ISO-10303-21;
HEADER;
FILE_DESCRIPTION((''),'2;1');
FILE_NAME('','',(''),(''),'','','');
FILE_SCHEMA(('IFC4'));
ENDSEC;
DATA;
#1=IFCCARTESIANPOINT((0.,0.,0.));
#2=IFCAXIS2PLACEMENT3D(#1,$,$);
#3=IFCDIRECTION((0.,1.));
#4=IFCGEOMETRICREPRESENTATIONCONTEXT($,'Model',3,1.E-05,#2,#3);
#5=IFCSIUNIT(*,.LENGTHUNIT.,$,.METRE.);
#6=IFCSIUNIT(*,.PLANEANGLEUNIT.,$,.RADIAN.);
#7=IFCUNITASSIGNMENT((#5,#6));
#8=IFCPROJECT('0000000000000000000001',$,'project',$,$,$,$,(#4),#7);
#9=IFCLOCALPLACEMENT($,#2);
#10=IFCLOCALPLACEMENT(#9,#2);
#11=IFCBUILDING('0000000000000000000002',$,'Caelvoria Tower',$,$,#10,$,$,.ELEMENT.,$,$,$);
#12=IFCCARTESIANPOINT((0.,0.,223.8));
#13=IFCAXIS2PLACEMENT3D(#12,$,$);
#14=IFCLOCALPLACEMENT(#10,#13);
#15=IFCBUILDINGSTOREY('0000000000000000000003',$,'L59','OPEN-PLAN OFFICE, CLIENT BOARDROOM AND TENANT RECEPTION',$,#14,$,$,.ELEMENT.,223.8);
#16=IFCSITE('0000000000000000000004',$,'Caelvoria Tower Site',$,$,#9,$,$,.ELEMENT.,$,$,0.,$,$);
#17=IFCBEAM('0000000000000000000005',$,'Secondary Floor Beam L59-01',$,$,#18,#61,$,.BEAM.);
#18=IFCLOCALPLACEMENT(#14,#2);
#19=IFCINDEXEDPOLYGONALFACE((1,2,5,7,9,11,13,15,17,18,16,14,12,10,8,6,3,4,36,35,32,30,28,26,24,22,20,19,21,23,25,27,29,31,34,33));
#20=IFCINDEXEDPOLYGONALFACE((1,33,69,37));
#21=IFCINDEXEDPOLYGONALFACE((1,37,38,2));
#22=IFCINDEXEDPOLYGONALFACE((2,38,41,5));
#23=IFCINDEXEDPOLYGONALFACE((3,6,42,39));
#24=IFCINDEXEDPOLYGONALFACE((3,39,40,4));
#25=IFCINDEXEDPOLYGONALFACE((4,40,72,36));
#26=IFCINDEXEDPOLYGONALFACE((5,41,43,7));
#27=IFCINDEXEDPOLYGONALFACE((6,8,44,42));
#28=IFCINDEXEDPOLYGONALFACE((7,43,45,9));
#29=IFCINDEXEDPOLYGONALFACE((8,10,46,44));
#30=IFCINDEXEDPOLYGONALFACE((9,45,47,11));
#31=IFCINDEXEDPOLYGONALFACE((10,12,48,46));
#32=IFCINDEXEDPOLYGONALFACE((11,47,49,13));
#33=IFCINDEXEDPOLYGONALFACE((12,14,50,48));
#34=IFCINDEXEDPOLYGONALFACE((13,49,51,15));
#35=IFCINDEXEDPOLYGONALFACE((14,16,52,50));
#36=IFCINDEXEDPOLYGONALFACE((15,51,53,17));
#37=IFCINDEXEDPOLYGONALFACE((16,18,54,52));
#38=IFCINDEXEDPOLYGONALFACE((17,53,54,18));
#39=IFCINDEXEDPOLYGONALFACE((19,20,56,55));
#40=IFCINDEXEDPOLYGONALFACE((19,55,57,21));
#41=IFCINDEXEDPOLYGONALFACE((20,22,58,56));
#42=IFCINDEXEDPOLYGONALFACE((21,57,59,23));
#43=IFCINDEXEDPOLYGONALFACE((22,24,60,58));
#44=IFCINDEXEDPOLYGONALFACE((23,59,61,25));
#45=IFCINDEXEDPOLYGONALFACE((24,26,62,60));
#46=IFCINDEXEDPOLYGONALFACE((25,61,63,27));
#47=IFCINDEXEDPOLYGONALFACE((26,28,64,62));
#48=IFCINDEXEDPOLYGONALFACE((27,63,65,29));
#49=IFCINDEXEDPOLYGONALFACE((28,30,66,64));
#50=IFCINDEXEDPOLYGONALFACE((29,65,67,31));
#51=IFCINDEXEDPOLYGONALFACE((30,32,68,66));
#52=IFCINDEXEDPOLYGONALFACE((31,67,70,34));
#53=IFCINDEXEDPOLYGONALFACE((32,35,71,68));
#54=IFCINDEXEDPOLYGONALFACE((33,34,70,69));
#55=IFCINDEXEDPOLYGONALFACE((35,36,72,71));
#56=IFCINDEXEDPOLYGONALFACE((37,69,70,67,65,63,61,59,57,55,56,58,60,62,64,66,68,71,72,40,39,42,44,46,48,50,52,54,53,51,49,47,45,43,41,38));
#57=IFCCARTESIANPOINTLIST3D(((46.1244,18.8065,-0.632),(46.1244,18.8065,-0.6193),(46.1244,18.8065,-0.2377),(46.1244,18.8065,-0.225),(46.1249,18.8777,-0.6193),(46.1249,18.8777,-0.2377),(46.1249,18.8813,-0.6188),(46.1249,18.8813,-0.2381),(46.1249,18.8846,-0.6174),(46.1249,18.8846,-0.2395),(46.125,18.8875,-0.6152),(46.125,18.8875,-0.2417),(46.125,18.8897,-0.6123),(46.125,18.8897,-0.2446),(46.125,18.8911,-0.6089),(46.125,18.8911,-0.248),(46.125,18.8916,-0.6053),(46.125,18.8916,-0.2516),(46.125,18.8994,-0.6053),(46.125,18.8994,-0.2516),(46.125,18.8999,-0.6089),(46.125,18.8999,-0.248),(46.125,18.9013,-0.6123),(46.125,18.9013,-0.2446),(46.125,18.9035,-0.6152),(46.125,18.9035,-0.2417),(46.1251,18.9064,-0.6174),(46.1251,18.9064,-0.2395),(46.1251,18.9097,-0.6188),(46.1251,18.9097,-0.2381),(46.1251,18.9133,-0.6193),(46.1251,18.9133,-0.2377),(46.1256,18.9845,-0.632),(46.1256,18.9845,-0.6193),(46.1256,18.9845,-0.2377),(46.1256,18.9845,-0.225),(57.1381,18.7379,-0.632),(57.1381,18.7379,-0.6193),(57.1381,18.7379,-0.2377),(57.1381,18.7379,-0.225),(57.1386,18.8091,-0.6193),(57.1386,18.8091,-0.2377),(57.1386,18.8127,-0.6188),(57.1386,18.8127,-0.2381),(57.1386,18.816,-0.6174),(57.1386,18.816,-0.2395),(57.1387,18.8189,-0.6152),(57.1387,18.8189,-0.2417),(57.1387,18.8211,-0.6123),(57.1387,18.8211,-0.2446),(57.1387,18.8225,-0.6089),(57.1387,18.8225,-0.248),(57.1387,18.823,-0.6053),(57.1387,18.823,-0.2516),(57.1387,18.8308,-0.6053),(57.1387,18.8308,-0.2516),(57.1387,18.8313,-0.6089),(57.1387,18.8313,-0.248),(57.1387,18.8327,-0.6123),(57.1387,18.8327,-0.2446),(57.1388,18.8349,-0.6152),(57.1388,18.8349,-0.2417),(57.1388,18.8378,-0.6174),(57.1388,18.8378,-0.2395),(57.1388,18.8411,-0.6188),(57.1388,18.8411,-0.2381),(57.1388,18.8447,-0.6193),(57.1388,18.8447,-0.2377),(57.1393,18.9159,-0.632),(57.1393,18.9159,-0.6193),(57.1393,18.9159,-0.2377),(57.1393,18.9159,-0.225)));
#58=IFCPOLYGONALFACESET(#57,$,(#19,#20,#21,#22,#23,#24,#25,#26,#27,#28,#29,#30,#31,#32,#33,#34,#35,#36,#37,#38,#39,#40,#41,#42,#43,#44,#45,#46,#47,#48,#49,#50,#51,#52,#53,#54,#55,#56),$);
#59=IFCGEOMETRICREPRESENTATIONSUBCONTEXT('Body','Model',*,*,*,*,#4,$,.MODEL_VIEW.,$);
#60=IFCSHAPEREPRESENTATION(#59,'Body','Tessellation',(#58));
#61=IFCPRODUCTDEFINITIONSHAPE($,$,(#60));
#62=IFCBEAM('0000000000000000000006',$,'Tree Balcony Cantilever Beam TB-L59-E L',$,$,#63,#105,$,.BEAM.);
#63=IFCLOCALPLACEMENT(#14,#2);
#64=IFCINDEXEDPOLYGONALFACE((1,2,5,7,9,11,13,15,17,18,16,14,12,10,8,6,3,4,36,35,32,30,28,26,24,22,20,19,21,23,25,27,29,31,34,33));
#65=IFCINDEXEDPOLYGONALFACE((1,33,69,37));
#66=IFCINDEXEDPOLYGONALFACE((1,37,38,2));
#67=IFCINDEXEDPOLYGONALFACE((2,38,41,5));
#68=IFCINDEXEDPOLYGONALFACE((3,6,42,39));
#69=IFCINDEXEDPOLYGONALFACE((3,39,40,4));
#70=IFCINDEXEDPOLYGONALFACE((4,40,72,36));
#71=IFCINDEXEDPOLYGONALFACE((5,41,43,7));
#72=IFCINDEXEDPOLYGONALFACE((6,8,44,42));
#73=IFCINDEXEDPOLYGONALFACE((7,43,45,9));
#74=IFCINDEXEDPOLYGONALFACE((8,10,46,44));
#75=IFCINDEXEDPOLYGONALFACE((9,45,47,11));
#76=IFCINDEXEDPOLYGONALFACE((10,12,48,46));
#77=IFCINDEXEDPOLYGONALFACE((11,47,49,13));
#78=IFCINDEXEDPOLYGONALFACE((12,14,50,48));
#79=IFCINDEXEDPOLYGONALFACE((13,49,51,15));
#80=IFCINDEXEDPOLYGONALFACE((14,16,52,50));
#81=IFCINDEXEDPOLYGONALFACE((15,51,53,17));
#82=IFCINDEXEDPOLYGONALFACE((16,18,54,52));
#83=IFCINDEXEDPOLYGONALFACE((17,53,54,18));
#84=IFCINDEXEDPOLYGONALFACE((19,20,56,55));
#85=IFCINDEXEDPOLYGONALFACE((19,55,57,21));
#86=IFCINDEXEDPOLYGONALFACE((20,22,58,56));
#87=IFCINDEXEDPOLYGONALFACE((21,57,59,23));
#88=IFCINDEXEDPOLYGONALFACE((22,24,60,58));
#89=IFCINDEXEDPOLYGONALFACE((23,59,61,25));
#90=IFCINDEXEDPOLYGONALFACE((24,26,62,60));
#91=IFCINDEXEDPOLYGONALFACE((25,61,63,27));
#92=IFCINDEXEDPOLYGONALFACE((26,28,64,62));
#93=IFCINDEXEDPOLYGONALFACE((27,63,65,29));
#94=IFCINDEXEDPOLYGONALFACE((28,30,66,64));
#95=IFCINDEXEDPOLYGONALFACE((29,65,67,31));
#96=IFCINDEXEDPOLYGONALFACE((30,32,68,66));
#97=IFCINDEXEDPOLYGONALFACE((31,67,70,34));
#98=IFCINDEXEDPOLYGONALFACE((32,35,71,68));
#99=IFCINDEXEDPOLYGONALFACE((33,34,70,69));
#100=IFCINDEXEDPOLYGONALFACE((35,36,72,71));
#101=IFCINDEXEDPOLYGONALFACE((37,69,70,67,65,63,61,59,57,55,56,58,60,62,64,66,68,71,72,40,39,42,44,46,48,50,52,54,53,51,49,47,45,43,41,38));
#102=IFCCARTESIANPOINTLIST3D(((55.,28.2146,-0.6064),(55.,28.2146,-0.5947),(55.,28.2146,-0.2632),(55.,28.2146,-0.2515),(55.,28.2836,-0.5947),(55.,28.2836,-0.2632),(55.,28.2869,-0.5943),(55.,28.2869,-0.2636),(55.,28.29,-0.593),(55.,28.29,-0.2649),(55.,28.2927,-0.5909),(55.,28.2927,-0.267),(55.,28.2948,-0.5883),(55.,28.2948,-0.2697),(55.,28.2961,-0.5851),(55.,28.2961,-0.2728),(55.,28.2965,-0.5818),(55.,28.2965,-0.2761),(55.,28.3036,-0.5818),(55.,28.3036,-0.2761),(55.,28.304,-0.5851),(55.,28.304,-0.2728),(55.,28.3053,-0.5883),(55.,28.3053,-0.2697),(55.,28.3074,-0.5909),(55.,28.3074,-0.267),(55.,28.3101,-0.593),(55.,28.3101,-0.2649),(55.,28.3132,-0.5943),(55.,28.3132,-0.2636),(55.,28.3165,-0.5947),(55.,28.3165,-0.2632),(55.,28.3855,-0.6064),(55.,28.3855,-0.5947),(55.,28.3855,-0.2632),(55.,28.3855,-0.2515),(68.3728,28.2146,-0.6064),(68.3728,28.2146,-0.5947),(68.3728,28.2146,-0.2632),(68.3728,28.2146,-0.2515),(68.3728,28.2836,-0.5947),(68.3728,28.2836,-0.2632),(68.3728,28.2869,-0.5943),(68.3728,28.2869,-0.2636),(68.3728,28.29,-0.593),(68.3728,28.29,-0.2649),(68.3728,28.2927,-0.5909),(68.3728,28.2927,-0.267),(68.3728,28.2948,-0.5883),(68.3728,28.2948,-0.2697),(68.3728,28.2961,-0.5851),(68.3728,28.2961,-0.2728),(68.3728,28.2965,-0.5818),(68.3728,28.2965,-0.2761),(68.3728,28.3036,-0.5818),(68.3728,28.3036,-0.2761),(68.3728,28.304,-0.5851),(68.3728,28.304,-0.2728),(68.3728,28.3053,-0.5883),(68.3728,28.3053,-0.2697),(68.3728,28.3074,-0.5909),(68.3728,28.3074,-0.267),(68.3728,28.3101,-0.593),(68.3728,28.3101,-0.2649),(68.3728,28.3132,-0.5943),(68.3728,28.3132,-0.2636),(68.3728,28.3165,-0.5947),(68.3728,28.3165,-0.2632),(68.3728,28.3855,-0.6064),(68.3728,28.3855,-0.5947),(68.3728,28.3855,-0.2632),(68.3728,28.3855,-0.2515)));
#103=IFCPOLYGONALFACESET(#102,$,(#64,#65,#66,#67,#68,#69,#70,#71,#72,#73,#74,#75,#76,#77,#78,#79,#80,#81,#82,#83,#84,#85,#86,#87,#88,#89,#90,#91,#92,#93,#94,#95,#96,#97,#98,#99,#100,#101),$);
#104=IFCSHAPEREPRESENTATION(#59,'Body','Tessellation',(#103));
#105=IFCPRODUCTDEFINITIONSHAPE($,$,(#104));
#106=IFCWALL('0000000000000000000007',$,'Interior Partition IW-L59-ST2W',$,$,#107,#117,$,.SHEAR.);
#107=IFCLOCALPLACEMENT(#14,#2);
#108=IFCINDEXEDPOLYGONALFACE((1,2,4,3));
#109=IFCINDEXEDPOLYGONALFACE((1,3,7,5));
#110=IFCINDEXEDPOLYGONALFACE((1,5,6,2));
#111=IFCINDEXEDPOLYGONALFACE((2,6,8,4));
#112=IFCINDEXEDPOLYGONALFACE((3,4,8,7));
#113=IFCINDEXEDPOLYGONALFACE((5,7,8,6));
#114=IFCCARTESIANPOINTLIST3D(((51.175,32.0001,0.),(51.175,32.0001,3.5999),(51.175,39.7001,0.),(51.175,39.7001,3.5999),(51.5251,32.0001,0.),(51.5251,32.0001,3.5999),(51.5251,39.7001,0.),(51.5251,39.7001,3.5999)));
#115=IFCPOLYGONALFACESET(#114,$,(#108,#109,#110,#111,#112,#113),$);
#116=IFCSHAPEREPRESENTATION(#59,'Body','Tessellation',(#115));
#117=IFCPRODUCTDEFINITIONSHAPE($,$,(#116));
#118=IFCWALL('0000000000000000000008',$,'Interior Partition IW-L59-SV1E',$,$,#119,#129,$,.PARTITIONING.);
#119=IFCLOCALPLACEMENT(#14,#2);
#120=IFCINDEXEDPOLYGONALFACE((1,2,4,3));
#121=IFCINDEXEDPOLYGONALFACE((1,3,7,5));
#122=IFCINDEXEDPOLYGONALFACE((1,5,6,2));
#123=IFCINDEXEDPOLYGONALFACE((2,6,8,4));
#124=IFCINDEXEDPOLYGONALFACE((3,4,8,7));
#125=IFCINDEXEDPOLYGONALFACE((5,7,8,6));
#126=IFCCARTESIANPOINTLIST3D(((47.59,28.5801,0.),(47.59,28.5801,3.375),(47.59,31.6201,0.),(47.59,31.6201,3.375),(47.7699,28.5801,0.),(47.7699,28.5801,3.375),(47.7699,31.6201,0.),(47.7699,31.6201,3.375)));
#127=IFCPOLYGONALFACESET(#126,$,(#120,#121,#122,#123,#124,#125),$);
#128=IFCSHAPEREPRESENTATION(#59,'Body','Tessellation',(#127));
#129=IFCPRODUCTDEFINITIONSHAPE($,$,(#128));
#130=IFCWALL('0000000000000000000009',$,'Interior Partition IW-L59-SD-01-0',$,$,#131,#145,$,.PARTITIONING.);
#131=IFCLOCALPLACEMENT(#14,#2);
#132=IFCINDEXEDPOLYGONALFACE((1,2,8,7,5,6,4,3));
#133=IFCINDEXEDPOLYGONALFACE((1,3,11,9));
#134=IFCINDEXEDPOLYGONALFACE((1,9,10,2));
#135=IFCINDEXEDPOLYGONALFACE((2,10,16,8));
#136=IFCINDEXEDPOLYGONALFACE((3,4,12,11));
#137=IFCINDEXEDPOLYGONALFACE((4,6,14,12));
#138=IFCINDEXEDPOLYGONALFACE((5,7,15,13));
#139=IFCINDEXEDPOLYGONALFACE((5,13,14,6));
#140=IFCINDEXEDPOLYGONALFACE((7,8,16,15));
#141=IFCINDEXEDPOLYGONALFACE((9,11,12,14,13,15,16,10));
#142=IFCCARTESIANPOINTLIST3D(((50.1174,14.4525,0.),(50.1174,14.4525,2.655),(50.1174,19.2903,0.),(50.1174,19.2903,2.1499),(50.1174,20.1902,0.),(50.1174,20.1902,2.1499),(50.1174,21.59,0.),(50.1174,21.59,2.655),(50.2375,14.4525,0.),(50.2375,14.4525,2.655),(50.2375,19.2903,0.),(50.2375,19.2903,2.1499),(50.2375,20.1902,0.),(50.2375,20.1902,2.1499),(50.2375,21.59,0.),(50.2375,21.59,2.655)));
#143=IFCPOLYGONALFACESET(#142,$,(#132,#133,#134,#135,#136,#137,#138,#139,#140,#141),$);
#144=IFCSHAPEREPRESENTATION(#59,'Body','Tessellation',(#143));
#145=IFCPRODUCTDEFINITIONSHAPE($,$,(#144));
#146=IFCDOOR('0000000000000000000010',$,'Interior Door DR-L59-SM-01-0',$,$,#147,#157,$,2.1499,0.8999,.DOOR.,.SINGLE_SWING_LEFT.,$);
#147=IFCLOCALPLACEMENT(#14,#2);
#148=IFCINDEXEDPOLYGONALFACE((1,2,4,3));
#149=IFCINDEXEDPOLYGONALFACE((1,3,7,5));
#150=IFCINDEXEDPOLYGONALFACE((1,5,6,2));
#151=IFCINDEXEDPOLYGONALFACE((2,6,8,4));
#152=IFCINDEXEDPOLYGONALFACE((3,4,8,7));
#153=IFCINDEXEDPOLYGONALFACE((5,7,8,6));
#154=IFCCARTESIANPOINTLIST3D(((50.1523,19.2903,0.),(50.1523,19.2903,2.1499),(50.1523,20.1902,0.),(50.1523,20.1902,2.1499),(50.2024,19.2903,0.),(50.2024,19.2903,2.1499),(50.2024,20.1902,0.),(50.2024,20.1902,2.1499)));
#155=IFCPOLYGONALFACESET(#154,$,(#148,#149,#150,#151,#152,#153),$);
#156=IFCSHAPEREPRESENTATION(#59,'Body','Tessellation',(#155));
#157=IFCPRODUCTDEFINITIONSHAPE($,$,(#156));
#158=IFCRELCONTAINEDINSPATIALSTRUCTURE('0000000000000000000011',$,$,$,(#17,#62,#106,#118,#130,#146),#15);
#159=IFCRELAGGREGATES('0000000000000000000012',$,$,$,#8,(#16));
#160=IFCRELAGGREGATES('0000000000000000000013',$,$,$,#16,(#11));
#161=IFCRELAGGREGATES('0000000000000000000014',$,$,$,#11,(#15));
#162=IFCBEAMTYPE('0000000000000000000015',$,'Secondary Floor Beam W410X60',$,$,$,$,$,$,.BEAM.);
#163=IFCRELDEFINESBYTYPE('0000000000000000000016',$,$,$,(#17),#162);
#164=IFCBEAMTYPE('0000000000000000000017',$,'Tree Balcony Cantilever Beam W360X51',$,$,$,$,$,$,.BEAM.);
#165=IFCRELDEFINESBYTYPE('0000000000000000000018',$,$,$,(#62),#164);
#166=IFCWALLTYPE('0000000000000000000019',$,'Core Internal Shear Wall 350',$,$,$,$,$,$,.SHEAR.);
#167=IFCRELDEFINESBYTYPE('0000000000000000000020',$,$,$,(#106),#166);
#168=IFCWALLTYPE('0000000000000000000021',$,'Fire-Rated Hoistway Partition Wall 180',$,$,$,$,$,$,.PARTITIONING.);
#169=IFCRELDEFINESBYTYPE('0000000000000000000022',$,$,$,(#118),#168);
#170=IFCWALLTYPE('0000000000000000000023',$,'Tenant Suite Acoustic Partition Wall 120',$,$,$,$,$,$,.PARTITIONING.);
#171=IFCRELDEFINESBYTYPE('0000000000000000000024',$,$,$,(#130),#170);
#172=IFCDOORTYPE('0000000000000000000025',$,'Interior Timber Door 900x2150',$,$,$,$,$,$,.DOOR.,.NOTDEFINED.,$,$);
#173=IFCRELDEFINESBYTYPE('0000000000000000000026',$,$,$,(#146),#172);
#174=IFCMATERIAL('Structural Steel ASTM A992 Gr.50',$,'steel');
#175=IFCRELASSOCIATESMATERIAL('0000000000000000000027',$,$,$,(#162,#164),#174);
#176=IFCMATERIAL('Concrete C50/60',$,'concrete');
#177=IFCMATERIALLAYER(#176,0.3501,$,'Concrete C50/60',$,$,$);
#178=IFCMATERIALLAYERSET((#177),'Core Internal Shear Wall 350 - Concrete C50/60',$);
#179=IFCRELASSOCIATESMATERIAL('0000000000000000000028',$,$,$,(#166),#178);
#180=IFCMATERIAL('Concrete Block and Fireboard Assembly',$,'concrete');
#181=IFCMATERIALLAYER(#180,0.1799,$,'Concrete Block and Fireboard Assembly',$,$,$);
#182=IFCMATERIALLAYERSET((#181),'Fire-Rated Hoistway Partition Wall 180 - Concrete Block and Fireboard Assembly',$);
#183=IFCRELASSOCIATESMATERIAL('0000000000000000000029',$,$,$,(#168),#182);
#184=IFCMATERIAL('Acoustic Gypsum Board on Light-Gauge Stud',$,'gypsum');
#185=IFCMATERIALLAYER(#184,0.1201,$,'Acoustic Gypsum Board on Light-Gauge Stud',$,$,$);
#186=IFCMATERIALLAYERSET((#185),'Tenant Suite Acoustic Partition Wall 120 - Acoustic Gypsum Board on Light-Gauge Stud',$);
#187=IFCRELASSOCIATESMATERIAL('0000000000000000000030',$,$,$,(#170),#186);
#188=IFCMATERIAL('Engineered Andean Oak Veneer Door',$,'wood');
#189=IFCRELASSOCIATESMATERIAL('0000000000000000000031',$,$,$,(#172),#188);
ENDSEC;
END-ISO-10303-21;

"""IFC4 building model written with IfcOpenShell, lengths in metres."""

from ifc_helpers import new_model, si_unit, direction, frame, frame_2d, origin, origin_2d, place, context, subcontext, project, spatial, rectangle, i_section, extrude, material, layer, layer_set, material_profile, profile_set, type_object, element, fill, save


model = new_model("IFC4")

# Units and contexts
model_context = context("Model", 3, precision=1e-05, world=origin(), true_north=direction((0.0, 1.0)))
body_context = subcontext(model_context, "Body", "Model", "MODEL_VIEW")
ifc_project = project(units=[si_unit("LENGTHUNIT", "METRE"), si_unit("PLANEANGLEUNIT", "RADIAN")], contexts=[model_context])

# Site, building, storey
site_placement = place(None, origin())
site = spatial("IfcSite", under=ifc_project, at=site_placement, Name="Caelvoria Tower Site", CompositionType="ELEMENT", RefElevation=0.0)
building_placement = place(site_placement, origin())
building = spatial("IfcBuilding", under=site, at=building_placement, Name="Caelvoria Tower", CompositionType="ELEMENT")
storey_placement = place(building_placement, frame((0.0, 0.0, 223.8)))
storey = spatial("IfcBuildingStorey", under=building, at=storey_placement, Name="L59", Description="OPEN-PLAN OFFICE, CLIENT BOARDROOM AND TENANT RECEPTION", CompositionType="ELEMENT", Elevation=223.8)

# Beams
ifc_material_1 = material(Name="Structural Steel ASTM A992 Gr.50", Category="steel")
ifc_material_profile_1 = material_profile(ifc_material_1, i_section(OverallWidth=0.178, OverallDepth=0.407, WebThickness=0.0078, FlangeThickness=0.0127, FilletRadius=0.0139, at=origin_2d()), Name="Structural Steel ASTM A992 Gr.50")
ifc_profile_set_1 = profile_set([ifc_material_profile_1], Name="W410X60 - Structural Steel ASTM A992 Gr.50")
beam_type_1 = type_object("IfcBeamType", Name="Secondary Floor Beam W410X60", PredefinedType="BEAM", material=ifc_profile_set_1)
beam_1_placement = place(storey_placement, frame((46.125, 18.8955, -0.4285), z_axis=(0.999981, -0.006229, 0.0), x_axis=(0.006229, 0.999981, 0.0)))
element("IfcBeam", 1, at=beam_1_placement, inside=storey, type_object=beam_type_1, Name="Secondary Floor Beam L59-01", PredefinedType="BEAM", context=body_context, shape_type="SweptSolid", body=[
    extrude(i_section(OverallWidth=0.178, OverallDepth=0.407, WebThickness=0.0078, FlangeThickness=0.0127, FilletRadius=0.0139, at=origin_2d()), origin(), (0.0, 0.0, 1.0), 11.0139),
])
ifc_material_profile_2 = material_profile(ifc_material_1, i_section(OverallWidth=0.1709, OverallDepth=0.355, WebThickness=0.0071, FlangeThickness=0.0117, FilletRadius=0.0129, at=origin_2d()), Name="Structural Steel ASTM A992 Gr.50")
ifc_profile_set_2 = profile_set([ifc_material_profile_2], Name="W360X51 - Structural Steel ASTM A992 Gr.50")
beam_type_2 = type_object("IfcBeamType", Name="Tree Balcony Cantilever Beam W360X51", PredefinedType="BEAM", material=ifc_profile_set_2)
beam_2_placement = place(storey_placement, frame((55.0, 28.3, -0.429), z_axis=(1.0, 0.0, 0.0), x_axis=(0.0, 1.0, 0.0)))
element("IfcBeam", 2, at=beam_2_placement, inside=storey, type_object=beam_type_2, Name="Tree Balcony Cantilever Beam TB-L59-E L", PredefinedType="BEAM", context=body_context, shape_type="SweptSolid", body=[
    extrude(i_section(OverallWidth=0.1709, OverallDepth=0.355, WebThickness=0.0071, FlangeThickness=0.0117, FilletRadius=0.0129, at=origin_2d()), origin(), (0.0, 0.0, 1.0), 13.3728),
])

# Wall
ifc_material_2 = material(Name="Concrete C50/60", Category="concrete")
ifc_layer_1 = layer(ifc_material_2, 0.3501, Name="Concrete C50/60")
ifc_layer_set_1 = layer_set([ifc_layer_1], Name="Core Internal Shear Wall 350 - Concrete C50/60")
wall_type_1 = type_object("IfcWallType", Name="Core Internal Shear Wall 350", PredefinedType="SHEAR", material=ifc_layer_set_1)
wall_1_placement = place(storey_placement, frame((51.3501, 32.0, 0.0), z_axis=(0.0, 0.0, 1.0), x_axis=(0.0, 1.0, 0.0)))
element("IfcWall", 3, at=wall_1_placement, inside=storey, type_object=wall_type_1, Name="Interior Partition IW-L59-ST2W", PredefinedType="SHEAR", context=body_context, shape_type="SweptSolid", body=[
    extrude(rectangle(XDim=7.7, YDim=0.3501, at=frame_2d((3.8501, 0.0))), origin(), (0.0, 0.0, 1.0), 3.5999),
])

# Wall
ifc_material_3 = material(Name="Concrete Block and Fireboard Assembly", Category="concrete")
ifc_layer_2 = layer(ifc_material_3, 0.1799, Name="Concrete Block and Fireboard Assembly")
ifc_layer_set_2 = layer_set([ifc_layer_2], Name="Fire-Rated Hoistway Partition Wall 180 - Concrete Block and Fireboard Assembly")
wall_type_2 = type_object("IfcWallType", Name="Fire-Rated Hoistway Partition Wall 180", PredefinedType="PARTITIONING", material=ifc_layer_set_2)
wall_2_placement = place(storey_placement, frame((47.6799, 28.5801, 0.0), z_axis=(0.0, 0.0, 1.0), x_axis=(0.0, 1.0, 0.0)))
element("IfcWall", 4, at=wall_2_placement, inside=storey, type_object=wall_type_2, Name="Interior Partition IW-L59-SV1E", PredefinedType="PARTITIONING", context=body_context, shape_type="SweptSolid", body=[
    extrude(rectangle(XDim=3.04, YDim=0.1799, at=frame_2d((1.52, 0.0))), origin(), (0.0, 0.0, 1.0), 3.375),
])

# Wall, opening, door
ifc_material_4 = material(Name="Acoustic Gypsum Board on Light-Gauge Stud", Category="gypsum")
ifc_layer_3 = layer(ifc_material_4, 0.1201, Name="Acoustic Gypsum Board on Light-Gauge Stud")
ifc_layer_set_3 = layer_set([ifc_layer_3], Name="Tenant Suite Acoustic Partition Wall 120 - Acoustic Gypsum Board on Light-Gauge Stud")
wall_type_3 = type_object("IfcWallType", Name="Tenant Suite Acoustic Partition Wall 120", PredefinedType="PARTITIONING", material=ifc_layer_set_3)
wall_3_placement = place(storey_placement, frame((50.1775, 21.5901, 0.0), z_axis=(0.0, 0.0, 1.0), x_axis=(0.0, -1.0, 0.0)))
wall_3 = element("IfcWall", 5, at=wall_3_placement, inside=storey, type_object=wall_type_3, Name="Interior Partition IW-L59-SD-01-0", PredefinedType="PARTITIONING", context=body_context, shape_type="SweptSolid", body=[
    extrude(rectangle(XDim=7.1375, YDim=0.1201, at=frame_2d((3.5688, 0.0))), origin(), (0.0, 0.0, 1.0), 2.655),
])
opening_1_placement = place(wall_3_placement, frame((1.3999, 0.0, 0.0)))
opening_1 = element("IfcOpeningElement", 6, at=opening_1_placement, cuts=wall_3, PredefinedType="OPENING", context=body_context, shape_type="SweptSolid", body=[
    extrude(rectangle(XDim=0.8999, YDim=2.1499, at=frame_2d((0.45, 1.075))), frame((0.0, 0.0701, 0.0), z_axis=(0.0, -1.0, 0.0), x_axis=(1.0, 0.0, 0.0)), (0.0, 0.0, 1.0), 0.1401),
])
ifc_material_5 = material(Name="Engineered Andean Oak Veneer Door", Category="wood")
door_type_1 = type_object("IfcDoorType", Name="Interior Timber Door 900x2150", OperationType="NOTDEFINED", PredefinedType="DOOR", material=ifc_material_5)
door_1_placement = place(opening_1_placement, origin())
door_1 = element("IfcDoor", 7, at=door_1_placement, inside=storey, type_object=door_type_1, Name="Interior Door DR-L59-SM-01-0", OperationType="SINGLE_SWING_LEFT", OverallHeight=2.1499, OverallWidth=0.8999, PredefinedType="DOOR", context=body_context, shape_type="SweptSolid", body=[
    extrude(rectangle(XDim=0.8999, YDim=2.1499, at=frame_2d((0.45, 1.075))), frame((0.0, 0.0249, 0.0), z_axis=(0.0, -1.0, 0.0), x_axis=(1.0, 0.0, 0.0)), (0.0, 0.0, 1.0), 0.05),
])
fill(opening_1, door_1)

save(model, "model.ifc")
